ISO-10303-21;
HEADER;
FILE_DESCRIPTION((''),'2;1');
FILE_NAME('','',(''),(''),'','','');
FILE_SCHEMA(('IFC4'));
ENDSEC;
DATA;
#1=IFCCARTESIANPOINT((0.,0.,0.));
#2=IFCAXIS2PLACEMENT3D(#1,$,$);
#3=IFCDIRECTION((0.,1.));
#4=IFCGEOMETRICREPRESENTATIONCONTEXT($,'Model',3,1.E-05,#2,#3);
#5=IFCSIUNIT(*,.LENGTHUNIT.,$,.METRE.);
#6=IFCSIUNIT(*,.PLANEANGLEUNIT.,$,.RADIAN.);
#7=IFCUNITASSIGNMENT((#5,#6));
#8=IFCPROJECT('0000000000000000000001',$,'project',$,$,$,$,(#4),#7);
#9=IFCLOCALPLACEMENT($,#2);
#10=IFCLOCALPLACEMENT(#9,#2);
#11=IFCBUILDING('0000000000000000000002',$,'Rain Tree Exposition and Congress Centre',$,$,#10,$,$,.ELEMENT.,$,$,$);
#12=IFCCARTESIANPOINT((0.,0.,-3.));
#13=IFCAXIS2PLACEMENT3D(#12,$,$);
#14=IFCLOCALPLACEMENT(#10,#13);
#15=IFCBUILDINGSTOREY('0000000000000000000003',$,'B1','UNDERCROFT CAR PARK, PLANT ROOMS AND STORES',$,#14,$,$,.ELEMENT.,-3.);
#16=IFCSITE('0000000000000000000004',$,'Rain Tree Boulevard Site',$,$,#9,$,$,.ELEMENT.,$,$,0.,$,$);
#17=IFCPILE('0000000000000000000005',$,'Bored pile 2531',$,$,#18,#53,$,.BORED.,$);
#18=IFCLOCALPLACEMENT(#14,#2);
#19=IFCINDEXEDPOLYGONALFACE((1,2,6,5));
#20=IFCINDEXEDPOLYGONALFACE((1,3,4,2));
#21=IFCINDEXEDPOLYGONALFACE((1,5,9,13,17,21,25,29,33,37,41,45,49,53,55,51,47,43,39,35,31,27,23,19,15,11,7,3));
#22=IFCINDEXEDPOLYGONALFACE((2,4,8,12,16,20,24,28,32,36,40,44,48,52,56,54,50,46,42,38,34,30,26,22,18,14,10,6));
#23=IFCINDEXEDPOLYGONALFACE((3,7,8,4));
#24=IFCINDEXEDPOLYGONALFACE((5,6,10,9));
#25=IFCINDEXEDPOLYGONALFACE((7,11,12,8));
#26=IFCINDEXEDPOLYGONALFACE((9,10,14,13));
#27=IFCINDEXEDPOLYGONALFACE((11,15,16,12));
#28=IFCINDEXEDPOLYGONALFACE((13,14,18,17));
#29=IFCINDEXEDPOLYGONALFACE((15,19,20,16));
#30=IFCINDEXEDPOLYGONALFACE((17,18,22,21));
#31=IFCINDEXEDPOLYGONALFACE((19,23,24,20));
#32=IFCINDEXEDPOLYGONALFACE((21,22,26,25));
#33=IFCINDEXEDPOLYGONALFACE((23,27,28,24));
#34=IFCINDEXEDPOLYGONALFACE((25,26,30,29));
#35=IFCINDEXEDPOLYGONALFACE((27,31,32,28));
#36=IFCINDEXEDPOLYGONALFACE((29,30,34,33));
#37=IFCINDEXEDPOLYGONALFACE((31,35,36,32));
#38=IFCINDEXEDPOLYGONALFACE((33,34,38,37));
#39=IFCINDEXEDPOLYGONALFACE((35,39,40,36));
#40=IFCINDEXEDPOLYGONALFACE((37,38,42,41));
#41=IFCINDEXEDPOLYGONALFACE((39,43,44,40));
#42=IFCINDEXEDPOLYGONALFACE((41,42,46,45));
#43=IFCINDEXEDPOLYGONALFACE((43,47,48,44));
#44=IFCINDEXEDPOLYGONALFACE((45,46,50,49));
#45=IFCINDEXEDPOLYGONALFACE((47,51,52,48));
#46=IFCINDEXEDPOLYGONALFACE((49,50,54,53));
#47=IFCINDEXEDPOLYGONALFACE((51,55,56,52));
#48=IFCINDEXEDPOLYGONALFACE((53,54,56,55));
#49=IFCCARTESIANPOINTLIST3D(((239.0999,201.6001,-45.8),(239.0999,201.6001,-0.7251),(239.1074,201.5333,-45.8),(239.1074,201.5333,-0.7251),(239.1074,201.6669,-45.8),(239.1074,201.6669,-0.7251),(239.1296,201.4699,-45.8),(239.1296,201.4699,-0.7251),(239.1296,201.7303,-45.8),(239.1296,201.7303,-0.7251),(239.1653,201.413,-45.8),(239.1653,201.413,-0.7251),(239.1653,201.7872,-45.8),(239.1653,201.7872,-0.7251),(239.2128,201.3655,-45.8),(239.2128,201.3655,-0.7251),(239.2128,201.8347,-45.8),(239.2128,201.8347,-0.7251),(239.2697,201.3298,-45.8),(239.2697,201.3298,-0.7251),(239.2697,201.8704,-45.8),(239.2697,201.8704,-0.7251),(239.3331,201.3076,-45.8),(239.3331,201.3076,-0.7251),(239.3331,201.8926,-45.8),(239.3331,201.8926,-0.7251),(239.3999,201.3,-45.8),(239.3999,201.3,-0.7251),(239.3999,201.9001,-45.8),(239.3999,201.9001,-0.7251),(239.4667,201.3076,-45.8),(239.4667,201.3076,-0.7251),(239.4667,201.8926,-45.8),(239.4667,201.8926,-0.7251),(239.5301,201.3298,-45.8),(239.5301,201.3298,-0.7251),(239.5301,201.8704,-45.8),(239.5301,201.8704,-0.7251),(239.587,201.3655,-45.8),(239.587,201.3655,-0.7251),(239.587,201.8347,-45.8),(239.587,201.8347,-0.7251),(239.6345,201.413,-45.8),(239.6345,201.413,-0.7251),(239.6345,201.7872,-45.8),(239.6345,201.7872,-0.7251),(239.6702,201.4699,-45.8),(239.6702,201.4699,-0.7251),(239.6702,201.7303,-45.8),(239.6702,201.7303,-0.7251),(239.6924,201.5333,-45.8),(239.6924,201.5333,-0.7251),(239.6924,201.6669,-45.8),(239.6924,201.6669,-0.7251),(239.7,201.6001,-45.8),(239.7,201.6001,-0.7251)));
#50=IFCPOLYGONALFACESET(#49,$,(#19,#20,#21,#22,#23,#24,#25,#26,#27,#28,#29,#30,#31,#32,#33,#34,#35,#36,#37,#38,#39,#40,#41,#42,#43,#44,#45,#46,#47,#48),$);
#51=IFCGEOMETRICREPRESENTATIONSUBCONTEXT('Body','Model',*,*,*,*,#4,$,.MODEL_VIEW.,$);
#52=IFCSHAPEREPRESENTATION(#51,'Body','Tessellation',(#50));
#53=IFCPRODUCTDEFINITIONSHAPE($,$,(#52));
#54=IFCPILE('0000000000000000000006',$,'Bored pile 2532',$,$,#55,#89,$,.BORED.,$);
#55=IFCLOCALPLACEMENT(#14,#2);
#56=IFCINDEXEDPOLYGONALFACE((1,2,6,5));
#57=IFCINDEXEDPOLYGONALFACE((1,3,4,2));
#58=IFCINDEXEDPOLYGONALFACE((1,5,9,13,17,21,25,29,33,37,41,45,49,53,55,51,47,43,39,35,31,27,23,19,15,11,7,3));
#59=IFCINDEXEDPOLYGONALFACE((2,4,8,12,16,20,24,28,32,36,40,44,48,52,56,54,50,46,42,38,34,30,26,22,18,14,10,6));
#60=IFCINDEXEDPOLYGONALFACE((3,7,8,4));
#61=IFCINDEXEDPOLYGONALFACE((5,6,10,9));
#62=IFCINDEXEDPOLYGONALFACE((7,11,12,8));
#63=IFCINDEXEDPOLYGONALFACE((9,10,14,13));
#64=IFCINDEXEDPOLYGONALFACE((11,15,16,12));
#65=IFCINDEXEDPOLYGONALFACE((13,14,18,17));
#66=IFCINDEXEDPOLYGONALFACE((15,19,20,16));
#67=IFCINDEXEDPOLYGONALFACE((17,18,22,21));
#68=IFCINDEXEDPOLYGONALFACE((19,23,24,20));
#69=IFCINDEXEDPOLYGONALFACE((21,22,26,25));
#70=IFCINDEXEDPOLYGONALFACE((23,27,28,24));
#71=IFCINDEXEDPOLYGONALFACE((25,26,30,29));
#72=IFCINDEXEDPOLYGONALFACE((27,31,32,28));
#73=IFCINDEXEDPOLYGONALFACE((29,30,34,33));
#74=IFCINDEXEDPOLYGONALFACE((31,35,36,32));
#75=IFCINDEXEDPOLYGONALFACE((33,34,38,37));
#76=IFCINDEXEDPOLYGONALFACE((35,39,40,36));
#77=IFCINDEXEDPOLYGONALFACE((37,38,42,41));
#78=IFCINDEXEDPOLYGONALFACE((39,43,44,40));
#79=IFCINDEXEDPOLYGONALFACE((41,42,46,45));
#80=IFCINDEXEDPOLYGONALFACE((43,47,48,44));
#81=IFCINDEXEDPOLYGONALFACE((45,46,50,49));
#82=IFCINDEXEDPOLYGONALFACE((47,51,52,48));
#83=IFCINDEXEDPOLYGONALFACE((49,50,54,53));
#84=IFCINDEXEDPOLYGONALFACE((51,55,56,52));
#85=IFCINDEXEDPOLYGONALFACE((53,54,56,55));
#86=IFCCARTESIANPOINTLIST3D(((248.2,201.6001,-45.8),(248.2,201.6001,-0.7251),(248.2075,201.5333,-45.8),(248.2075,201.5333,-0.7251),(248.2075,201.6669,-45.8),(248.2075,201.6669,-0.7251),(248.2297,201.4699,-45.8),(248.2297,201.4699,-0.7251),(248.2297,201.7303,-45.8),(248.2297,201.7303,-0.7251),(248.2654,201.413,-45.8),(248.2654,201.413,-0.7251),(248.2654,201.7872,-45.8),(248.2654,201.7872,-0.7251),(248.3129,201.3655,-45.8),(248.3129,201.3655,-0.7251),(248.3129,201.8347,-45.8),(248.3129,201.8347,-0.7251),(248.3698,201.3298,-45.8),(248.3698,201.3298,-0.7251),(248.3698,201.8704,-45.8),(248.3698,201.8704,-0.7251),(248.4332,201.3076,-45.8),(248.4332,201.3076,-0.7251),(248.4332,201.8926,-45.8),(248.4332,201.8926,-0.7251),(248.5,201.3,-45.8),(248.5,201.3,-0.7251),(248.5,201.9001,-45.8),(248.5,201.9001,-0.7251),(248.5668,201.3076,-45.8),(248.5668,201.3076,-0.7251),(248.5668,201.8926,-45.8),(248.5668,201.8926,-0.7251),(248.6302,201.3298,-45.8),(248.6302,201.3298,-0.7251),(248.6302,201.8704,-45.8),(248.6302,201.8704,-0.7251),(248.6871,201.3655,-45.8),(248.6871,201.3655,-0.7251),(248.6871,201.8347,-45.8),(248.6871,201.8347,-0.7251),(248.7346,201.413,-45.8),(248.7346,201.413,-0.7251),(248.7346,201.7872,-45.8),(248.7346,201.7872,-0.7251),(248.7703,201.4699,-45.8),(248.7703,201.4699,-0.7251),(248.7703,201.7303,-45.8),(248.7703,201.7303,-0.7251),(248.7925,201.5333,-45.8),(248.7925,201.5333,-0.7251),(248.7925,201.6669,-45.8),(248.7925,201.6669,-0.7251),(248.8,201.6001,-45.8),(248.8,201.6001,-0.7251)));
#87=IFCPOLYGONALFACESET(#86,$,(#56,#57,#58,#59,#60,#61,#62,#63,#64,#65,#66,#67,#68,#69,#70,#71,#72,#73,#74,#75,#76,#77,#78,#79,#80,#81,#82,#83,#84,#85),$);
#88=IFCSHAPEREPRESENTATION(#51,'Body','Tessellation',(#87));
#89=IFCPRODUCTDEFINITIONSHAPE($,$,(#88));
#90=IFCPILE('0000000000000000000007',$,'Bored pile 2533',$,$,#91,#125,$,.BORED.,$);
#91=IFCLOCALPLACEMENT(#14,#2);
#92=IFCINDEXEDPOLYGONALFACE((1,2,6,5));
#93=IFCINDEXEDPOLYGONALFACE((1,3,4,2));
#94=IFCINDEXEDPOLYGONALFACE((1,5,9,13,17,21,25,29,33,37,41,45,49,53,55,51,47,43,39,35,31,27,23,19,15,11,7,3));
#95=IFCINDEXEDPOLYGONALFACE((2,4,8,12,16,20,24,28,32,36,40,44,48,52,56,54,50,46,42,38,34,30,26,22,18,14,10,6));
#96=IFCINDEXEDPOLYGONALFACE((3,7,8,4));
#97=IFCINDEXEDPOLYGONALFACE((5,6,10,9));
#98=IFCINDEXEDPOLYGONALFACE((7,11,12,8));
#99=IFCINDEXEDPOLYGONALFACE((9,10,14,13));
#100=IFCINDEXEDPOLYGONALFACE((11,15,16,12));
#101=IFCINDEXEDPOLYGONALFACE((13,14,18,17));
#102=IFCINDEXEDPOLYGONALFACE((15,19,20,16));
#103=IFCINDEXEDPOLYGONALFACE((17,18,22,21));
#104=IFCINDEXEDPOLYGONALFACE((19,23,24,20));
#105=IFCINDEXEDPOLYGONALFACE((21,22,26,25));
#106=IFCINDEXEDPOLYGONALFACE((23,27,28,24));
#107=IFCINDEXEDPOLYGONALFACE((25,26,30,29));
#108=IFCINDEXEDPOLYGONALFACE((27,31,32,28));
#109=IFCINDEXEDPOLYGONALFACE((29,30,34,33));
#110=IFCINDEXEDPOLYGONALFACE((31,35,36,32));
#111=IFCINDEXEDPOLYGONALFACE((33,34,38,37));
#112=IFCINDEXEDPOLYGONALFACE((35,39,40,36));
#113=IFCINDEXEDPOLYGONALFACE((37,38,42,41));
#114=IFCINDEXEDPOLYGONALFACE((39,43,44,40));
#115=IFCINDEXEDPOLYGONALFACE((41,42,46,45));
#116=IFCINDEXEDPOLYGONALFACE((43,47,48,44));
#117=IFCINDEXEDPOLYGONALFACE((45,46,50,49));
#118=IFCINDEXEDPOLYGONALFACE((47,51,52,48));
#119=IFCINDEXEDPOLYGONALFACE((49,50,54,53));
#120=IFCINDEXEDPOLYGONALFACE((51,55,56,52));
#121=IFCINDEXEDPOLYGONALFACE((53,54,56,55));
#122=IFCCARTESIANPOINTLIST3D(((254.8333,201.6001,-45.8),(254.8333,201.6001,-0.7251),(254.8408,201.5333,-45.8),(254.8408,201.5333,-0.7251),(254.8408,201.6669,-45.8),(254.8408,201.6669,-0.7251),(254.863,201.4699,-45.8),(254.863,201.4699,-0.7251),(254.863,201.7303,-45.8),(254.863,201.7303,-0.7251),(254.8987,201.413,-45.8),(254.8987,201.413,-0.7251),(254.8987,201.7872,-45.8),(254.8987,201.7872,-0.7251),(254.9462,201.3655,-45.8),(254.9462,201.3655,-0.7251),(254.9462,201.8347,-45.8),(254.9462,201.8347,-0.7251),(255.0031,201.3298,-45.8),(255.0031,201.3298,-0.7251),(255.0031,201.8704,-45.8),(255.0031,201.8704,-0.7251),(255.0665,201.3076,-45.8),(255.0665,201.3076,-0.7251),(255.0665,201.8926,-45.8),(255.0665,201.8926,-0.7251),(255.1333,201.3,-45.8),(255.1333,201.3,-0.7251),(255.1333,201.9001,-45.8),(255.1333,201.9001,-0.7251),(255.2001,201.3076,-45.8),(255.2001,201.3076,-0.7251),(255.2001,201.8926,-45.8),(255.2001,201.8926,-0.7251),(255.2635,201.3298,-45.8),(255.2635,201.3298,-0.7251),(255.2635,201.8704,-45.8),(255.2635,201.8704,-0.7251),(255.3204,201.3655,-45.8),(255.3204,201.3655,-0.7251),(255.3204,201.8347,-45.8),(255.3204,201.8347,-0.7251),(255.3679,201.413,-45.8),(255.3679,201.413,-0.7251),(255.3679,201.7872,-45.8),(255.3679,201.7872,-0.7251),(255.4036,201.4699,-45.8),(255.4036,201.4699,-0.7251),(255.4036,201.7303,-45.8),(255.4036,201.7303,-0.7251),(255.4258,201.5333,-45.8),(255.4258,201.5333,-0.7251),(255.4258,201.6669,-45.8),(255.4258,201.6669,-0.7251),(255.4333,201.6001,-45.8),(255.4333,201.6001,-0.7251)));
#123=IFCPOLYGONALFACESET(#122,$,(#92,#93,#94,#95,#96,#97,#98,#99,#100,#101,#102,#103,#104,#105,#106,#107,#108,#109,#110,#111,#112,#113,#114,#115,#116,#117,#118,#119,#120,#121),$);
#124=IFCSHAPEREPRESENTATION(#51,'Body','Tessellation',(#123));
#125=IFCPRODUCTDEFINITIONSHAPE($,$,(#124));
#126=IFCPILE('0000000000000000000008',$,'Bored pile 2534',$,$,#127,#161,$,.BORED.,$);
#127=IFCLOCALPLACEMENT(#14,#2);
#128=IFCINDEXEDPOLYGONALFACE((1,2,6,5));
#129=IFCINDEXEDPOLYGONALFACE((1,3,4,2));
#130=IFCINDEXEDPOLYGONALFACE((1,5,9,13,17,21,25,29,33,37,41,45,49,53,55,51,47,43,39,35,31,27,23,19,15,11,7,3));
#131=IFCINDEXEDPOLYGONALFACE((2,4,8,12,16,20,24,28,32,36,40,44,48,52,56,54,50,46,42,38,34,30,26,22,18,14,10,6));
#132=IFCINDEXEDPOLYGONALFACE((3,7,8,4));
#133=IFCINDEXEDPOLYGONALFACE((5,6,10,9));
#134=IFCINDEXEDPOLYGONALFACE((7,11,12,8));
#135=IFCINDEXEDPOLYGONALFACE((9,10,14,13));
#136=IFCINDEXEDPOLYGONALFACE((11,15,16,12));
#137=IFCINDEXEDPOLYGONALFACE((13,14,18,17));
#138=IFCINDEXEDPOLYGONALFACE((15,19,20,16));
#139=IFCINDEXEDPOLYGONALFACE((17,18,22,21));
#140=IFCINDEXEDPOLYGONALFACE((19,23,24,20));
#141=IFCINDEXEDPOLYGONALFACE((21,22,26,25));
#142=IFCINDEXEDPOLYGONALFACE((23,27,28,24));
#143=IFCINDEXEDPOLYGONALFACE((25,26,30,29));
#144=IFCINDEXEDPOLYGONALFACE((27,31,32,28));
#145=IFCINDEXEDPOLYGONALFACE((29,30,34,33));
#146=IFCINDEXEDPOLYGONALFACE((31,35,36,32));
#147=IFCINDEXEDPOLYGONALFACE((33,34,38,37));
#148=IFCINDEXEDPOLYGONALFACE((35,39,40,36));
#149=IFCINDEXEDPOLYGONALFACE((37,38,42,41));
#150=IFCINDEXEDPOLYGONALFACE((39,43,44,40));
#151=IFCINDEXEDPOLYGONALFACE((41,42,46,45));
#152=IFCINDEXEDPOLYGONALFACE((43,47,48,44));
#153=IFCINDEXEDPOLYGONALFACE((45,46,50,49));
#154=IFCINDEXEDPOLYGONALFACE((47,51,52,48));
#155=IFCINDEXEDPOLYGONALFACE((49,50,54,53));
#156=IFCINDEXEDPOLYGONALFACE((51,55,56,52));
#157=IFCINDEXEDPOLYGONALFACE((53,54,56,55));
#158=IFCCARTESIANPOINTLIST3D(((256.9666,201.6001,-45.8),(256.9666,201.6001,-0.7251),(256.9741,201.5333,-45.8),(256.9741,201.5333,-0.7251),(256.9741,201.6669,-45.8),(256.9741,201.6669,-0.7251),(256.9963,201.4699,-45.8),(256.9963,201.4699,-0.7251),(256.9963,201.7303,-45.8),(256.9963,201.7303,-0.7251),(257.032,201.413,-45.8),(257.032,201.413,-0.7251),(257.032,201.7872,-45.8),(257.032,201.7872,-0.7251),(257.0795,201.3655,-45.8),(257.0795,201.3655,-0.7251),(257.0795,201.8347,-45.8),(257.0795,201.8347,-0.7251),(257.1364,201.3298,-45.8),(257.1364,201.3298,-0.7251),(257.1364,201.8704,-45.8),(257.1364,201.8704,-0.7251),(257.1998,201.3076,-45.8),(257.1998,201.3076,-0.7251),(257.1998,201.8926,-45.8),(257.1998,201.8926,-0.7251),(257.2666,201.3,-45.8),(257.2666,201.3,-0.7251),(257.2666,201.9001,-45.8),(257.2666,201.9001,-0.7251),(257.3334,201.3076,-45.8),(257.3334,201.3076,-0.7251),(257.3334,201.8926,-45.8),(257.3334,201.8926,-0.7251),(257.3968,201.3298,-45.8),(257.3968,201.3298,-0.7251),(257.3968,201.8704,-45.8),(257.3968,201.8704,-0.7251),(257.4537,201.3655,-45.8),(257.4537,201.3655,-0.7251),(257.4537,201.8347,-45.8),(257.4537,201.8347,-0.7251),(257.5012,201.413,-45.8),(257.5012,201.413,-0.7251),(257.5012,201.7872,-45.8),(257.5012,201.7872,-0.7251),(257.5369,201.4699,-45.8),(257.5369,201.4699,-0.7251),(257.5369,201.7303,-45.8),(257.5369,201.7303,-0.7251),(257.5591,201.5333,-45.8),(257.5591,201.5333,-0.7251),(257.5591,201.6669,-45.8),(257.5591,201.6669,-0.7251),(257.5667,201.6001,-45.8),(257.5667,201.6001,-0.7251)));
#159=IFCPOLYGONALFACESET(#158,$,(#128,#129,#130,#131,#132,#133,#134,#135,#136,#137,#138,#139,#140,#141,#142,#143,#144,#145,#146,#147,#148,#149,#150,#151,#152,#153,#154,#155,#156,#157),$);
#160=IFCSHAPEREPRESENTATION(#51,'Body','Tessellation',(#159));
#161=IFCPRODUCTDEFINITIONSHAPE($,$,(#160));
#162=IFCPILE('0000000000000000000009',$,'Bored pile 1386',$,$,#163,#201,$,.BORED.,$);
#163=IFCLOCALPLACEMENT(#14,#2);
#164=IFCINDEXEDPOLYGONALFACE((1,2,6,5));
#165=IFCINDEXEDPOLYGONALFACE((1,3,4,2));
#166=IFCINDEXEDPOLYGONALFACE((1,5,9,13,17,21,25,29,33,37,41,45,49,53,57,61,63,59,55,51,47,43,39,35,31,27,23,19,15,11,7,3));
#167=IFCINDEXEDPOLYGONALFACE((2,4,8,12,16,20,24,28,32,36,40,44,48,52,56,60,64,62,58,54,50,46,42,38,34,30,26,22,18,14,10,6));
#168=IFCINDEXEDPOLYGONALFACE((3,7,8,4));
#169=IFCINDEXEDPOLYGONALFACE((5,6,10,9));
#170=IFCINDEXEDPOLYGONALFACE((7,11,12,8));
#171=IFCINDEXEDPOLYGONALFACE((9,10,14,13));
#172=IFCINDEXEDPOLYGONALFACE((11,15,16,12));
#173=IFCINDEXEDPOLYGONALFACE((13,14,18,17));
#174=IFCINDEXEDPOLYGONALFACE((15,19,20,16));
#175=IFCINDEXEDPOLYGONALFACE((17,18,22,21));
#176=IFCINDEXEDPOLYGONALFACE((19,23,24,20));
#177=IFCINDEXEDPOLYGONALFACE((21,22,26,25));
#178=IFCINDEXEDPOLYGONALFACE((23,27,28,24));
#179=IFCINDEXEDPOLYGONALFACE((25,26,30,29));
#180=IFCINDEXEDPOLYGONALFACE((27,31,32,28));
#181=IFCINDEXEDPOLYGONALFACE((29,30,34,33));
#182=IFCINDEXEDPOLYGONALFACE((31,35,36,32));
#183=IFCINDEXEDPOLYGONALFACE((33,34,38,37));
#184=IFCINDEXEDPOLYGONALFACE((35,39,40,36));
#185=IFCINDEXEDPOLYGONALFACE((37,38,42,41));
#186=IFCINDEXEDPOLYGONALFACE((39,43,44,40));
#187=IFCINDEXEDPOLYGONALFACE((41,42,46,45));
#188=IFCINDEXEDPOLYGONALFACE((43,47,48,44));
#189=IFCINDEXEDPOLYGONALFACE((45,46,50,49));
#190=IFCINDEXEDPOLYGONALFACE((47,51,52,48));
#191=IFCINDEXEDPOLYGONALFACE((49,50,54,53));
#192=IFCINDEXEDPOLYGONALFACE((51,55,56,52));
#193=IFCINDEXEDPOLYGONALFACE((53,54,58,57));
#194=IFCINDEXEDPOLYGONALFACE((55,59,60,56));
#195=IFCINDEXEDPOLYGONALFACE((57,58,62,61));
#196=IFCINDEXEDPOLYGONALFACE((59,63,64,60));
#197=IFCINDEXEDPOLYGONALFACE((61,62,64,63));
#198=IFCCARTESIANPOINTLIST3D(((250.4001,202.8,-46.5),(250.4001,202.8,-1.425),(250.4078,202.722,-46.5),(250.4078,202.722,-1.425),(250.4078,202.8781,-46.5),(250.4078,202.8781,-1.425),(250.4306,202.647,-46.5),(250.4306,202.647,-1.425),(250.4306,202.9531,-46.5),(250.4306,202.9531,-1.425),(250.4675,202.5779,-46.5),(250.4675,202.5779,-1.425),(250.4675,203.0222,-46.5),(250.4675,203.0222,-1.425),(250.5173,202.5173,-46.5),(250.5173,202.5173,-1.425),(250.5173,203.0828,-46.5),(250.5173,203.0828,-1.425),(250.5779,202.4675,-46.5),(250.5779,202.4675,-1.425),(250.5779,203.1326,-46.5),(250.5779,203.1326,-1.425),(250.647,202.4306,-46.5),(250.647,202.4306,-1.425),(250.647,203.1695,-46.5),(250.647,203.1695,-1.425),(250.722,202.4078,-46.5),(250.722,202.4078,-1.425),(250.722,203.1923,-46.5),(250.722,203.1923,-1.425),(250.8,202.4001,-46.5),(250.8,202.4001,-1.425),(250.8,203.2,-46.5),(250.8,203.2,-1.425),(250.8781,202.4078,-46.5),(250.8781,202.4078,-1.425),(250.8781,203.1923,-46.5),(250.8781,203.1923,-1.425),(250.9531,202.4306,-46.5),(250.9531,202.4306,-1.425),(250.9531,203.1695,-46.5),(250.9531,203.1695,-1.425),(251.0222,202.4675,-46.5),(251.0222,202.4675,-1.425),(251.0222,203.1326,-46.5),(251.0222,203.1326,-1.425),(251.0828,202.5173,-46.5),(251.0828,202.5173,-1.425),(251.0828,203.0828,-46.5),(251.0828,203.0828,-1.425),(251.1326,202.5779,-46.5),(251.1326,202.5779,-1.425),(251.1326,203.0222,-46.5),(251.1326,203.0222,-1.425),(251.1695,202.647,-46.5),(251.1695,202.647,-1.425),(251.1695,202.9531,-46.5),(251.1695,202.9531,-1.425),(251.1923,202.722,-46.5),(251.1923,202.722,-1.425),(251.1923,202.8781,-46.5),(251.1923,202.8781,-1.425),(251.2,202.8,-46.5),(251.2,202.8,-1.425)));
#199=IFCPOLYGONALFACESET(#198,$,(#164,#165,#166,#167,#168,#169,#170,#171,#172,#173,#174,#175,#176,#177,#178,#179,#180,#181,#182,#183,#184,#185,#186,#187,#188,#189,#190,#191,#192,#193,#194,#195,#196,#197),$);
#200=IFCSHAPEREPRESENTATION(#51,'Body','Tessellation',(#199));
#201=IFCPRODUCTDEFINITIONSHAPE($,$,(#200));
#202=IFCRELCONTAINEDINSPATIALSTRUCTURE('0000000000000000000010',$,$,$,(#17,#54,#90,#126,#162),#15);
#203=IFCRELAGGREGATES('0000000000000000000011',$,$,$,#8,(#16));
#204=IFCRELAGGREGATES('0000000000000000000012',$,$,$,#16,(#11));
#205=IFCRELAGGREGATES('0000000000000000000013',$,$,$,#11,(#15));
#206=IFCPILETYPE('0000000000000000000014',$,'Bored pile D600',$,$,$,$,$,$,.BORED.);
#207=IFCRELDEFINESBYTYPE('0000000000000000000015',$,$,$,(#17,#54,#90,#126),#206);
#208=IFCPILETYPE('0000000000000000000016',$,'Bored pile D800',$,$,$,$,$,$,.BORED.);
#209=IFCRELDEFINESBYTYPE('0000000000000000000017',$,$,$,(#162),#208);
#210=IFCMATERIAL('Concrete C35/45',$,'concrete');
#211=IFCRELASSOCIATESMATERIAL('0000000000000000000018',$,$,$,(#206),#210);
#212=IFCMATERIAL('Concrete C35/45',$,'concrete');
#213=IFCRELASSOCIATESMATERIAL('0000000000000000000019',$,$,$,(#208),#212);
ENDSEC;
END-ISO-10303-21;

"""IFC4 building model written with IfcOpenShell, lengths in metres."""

from ifc_helpers import new_model, si_unit, direction, frame, origin, origin_2d, place, context, subcontext, project, spatial, circle, extrude, material, material_profile, profile_set, type_object, element, save


model = new_model("IFC4")

# Units and contexts
model_context = context("Model", 3, precision=1e-05, world=origin(), true_north=direction((0.0, 1.0)))
body_context = subcontext(model_context, "Body", "Model", "MODEL_VIEW")
ifc_project = project(units=[si_unit("LENGTHUNIT", "METRE"), si_unit("PLANEANGLEUNIT", "RADIAN")], contexts=[model_context])

# Site, building, storey
site_placement = place(None, origin())
site = spatial("IfcSite", under=ifc_project, at=site_placement, Name="Rain Tree Boulevard Site", CompositionType="ELEMENT", RefElevation=0.0)
building_placement = place(site_placement, origin())
building = spatial("IfcBuilding", under=site, at=building_placement, Name="Rain Tree Exposition and Congress Centre", CompositionType="ELEMENT")
storey_placement = place(building_placement, frame((0.0, 0.0, -3.0)))
storey = spatial("IfcBuildingStorey", under=building, at=storey_placement, Name="B1", Description="UNDERCROFT CAR PARK, PLANT ROOMS AND STORES", CompositionType="ELEMENT", Elevation=-3.0)

# Piles
ifc_material_1 = material(Name="Concrete C35/45", Category="concrete")
ifc_material_profile_1 = material_profile(ifc_material_1, circle(Radius=0.3, at=origin_2d()), Name="D600")
ifc_profile_set_1 = profile_set([ifc_material_profile_1], Name="Concrete C35/45")
pile_type_1 = type_object("IfcPileType", Name="Bored pile D600", PredefinedType="BORED", material=ifc_profile_set_1)
for number, where, z_axis, x_axis, name in (
    (1, (239.3999, 201.6001, -0.7251), (0.0, 0.0, -1.0), (1.0, 0.0, 0.0), "Bored pile 2531"),
    (2, (248.5, 201.6001, -0.7251), (0.0, 0.0, -1.0), (1.0, 0.0, 0.0), "Bored pile 2532"),
    (3, (255.1333, 201.6001, -0.7251), (0.0, 0.0, -1.0), (1.0, 0.0, 0.0), "Bored pile 2533"),
    (4, (257.2666, 201.6001, -0.7251), (0.0, 0.0, -1.0), (1.0, 0.0, 0.0), "Bored pile 2534"),
):
    element("IfcPile", number, at=place(storey_placement, frame(where, z_axis=z_axis, x_axis=x_axis)), inside=storey, type_object=pile_type_1, Name=name, PredefinedType="BORED", context=body_context, shape_type="SweptSolid", body=[
        extrude(circle(Radius=0.3, at=origin_2d()), origin(), (0.0, 0.0, 1.0), 45.075),
    ])
ifc_material_2 = material(Name="Concrete C35/45", Category="concrete")
ifc_material_profile_2 = material_profile(ifc_material_2, circle(Radius=0.3999, at=origin_2d()), Name="D800")
ifc_profile_set_2 = profile_set([ifc_material_profile_2], Name="Concrete C35/45")
pile_type_2 = type_object("IfcPileType", Name="Bored pile D800", PredefinedType="BORED", material=ifc_profile_set_2)
for number, where, z_axis, x_axis, name in (
    (5, (250.8, 202.8, -1.425), (0.0, 0.0, -1.0), (1.0, 0.0, 0.0), "Bored pile 1386"),
):
    element("IfcPile", number, at=place(storey_placement, frame(where, z_axis=z_axis, x_axis=x_axis)), inside=storey, type_object=pile_type_2, Name=name, PredefinedType="BORED", context=body_context, shape_type="SweptSolid", body=[
        extrude(circle(Radius=0.3999, at=origin_2d()), origin(), (0.0, 0.0, 1.0), 45.075),
    ])

save(model, "model.ifc")
